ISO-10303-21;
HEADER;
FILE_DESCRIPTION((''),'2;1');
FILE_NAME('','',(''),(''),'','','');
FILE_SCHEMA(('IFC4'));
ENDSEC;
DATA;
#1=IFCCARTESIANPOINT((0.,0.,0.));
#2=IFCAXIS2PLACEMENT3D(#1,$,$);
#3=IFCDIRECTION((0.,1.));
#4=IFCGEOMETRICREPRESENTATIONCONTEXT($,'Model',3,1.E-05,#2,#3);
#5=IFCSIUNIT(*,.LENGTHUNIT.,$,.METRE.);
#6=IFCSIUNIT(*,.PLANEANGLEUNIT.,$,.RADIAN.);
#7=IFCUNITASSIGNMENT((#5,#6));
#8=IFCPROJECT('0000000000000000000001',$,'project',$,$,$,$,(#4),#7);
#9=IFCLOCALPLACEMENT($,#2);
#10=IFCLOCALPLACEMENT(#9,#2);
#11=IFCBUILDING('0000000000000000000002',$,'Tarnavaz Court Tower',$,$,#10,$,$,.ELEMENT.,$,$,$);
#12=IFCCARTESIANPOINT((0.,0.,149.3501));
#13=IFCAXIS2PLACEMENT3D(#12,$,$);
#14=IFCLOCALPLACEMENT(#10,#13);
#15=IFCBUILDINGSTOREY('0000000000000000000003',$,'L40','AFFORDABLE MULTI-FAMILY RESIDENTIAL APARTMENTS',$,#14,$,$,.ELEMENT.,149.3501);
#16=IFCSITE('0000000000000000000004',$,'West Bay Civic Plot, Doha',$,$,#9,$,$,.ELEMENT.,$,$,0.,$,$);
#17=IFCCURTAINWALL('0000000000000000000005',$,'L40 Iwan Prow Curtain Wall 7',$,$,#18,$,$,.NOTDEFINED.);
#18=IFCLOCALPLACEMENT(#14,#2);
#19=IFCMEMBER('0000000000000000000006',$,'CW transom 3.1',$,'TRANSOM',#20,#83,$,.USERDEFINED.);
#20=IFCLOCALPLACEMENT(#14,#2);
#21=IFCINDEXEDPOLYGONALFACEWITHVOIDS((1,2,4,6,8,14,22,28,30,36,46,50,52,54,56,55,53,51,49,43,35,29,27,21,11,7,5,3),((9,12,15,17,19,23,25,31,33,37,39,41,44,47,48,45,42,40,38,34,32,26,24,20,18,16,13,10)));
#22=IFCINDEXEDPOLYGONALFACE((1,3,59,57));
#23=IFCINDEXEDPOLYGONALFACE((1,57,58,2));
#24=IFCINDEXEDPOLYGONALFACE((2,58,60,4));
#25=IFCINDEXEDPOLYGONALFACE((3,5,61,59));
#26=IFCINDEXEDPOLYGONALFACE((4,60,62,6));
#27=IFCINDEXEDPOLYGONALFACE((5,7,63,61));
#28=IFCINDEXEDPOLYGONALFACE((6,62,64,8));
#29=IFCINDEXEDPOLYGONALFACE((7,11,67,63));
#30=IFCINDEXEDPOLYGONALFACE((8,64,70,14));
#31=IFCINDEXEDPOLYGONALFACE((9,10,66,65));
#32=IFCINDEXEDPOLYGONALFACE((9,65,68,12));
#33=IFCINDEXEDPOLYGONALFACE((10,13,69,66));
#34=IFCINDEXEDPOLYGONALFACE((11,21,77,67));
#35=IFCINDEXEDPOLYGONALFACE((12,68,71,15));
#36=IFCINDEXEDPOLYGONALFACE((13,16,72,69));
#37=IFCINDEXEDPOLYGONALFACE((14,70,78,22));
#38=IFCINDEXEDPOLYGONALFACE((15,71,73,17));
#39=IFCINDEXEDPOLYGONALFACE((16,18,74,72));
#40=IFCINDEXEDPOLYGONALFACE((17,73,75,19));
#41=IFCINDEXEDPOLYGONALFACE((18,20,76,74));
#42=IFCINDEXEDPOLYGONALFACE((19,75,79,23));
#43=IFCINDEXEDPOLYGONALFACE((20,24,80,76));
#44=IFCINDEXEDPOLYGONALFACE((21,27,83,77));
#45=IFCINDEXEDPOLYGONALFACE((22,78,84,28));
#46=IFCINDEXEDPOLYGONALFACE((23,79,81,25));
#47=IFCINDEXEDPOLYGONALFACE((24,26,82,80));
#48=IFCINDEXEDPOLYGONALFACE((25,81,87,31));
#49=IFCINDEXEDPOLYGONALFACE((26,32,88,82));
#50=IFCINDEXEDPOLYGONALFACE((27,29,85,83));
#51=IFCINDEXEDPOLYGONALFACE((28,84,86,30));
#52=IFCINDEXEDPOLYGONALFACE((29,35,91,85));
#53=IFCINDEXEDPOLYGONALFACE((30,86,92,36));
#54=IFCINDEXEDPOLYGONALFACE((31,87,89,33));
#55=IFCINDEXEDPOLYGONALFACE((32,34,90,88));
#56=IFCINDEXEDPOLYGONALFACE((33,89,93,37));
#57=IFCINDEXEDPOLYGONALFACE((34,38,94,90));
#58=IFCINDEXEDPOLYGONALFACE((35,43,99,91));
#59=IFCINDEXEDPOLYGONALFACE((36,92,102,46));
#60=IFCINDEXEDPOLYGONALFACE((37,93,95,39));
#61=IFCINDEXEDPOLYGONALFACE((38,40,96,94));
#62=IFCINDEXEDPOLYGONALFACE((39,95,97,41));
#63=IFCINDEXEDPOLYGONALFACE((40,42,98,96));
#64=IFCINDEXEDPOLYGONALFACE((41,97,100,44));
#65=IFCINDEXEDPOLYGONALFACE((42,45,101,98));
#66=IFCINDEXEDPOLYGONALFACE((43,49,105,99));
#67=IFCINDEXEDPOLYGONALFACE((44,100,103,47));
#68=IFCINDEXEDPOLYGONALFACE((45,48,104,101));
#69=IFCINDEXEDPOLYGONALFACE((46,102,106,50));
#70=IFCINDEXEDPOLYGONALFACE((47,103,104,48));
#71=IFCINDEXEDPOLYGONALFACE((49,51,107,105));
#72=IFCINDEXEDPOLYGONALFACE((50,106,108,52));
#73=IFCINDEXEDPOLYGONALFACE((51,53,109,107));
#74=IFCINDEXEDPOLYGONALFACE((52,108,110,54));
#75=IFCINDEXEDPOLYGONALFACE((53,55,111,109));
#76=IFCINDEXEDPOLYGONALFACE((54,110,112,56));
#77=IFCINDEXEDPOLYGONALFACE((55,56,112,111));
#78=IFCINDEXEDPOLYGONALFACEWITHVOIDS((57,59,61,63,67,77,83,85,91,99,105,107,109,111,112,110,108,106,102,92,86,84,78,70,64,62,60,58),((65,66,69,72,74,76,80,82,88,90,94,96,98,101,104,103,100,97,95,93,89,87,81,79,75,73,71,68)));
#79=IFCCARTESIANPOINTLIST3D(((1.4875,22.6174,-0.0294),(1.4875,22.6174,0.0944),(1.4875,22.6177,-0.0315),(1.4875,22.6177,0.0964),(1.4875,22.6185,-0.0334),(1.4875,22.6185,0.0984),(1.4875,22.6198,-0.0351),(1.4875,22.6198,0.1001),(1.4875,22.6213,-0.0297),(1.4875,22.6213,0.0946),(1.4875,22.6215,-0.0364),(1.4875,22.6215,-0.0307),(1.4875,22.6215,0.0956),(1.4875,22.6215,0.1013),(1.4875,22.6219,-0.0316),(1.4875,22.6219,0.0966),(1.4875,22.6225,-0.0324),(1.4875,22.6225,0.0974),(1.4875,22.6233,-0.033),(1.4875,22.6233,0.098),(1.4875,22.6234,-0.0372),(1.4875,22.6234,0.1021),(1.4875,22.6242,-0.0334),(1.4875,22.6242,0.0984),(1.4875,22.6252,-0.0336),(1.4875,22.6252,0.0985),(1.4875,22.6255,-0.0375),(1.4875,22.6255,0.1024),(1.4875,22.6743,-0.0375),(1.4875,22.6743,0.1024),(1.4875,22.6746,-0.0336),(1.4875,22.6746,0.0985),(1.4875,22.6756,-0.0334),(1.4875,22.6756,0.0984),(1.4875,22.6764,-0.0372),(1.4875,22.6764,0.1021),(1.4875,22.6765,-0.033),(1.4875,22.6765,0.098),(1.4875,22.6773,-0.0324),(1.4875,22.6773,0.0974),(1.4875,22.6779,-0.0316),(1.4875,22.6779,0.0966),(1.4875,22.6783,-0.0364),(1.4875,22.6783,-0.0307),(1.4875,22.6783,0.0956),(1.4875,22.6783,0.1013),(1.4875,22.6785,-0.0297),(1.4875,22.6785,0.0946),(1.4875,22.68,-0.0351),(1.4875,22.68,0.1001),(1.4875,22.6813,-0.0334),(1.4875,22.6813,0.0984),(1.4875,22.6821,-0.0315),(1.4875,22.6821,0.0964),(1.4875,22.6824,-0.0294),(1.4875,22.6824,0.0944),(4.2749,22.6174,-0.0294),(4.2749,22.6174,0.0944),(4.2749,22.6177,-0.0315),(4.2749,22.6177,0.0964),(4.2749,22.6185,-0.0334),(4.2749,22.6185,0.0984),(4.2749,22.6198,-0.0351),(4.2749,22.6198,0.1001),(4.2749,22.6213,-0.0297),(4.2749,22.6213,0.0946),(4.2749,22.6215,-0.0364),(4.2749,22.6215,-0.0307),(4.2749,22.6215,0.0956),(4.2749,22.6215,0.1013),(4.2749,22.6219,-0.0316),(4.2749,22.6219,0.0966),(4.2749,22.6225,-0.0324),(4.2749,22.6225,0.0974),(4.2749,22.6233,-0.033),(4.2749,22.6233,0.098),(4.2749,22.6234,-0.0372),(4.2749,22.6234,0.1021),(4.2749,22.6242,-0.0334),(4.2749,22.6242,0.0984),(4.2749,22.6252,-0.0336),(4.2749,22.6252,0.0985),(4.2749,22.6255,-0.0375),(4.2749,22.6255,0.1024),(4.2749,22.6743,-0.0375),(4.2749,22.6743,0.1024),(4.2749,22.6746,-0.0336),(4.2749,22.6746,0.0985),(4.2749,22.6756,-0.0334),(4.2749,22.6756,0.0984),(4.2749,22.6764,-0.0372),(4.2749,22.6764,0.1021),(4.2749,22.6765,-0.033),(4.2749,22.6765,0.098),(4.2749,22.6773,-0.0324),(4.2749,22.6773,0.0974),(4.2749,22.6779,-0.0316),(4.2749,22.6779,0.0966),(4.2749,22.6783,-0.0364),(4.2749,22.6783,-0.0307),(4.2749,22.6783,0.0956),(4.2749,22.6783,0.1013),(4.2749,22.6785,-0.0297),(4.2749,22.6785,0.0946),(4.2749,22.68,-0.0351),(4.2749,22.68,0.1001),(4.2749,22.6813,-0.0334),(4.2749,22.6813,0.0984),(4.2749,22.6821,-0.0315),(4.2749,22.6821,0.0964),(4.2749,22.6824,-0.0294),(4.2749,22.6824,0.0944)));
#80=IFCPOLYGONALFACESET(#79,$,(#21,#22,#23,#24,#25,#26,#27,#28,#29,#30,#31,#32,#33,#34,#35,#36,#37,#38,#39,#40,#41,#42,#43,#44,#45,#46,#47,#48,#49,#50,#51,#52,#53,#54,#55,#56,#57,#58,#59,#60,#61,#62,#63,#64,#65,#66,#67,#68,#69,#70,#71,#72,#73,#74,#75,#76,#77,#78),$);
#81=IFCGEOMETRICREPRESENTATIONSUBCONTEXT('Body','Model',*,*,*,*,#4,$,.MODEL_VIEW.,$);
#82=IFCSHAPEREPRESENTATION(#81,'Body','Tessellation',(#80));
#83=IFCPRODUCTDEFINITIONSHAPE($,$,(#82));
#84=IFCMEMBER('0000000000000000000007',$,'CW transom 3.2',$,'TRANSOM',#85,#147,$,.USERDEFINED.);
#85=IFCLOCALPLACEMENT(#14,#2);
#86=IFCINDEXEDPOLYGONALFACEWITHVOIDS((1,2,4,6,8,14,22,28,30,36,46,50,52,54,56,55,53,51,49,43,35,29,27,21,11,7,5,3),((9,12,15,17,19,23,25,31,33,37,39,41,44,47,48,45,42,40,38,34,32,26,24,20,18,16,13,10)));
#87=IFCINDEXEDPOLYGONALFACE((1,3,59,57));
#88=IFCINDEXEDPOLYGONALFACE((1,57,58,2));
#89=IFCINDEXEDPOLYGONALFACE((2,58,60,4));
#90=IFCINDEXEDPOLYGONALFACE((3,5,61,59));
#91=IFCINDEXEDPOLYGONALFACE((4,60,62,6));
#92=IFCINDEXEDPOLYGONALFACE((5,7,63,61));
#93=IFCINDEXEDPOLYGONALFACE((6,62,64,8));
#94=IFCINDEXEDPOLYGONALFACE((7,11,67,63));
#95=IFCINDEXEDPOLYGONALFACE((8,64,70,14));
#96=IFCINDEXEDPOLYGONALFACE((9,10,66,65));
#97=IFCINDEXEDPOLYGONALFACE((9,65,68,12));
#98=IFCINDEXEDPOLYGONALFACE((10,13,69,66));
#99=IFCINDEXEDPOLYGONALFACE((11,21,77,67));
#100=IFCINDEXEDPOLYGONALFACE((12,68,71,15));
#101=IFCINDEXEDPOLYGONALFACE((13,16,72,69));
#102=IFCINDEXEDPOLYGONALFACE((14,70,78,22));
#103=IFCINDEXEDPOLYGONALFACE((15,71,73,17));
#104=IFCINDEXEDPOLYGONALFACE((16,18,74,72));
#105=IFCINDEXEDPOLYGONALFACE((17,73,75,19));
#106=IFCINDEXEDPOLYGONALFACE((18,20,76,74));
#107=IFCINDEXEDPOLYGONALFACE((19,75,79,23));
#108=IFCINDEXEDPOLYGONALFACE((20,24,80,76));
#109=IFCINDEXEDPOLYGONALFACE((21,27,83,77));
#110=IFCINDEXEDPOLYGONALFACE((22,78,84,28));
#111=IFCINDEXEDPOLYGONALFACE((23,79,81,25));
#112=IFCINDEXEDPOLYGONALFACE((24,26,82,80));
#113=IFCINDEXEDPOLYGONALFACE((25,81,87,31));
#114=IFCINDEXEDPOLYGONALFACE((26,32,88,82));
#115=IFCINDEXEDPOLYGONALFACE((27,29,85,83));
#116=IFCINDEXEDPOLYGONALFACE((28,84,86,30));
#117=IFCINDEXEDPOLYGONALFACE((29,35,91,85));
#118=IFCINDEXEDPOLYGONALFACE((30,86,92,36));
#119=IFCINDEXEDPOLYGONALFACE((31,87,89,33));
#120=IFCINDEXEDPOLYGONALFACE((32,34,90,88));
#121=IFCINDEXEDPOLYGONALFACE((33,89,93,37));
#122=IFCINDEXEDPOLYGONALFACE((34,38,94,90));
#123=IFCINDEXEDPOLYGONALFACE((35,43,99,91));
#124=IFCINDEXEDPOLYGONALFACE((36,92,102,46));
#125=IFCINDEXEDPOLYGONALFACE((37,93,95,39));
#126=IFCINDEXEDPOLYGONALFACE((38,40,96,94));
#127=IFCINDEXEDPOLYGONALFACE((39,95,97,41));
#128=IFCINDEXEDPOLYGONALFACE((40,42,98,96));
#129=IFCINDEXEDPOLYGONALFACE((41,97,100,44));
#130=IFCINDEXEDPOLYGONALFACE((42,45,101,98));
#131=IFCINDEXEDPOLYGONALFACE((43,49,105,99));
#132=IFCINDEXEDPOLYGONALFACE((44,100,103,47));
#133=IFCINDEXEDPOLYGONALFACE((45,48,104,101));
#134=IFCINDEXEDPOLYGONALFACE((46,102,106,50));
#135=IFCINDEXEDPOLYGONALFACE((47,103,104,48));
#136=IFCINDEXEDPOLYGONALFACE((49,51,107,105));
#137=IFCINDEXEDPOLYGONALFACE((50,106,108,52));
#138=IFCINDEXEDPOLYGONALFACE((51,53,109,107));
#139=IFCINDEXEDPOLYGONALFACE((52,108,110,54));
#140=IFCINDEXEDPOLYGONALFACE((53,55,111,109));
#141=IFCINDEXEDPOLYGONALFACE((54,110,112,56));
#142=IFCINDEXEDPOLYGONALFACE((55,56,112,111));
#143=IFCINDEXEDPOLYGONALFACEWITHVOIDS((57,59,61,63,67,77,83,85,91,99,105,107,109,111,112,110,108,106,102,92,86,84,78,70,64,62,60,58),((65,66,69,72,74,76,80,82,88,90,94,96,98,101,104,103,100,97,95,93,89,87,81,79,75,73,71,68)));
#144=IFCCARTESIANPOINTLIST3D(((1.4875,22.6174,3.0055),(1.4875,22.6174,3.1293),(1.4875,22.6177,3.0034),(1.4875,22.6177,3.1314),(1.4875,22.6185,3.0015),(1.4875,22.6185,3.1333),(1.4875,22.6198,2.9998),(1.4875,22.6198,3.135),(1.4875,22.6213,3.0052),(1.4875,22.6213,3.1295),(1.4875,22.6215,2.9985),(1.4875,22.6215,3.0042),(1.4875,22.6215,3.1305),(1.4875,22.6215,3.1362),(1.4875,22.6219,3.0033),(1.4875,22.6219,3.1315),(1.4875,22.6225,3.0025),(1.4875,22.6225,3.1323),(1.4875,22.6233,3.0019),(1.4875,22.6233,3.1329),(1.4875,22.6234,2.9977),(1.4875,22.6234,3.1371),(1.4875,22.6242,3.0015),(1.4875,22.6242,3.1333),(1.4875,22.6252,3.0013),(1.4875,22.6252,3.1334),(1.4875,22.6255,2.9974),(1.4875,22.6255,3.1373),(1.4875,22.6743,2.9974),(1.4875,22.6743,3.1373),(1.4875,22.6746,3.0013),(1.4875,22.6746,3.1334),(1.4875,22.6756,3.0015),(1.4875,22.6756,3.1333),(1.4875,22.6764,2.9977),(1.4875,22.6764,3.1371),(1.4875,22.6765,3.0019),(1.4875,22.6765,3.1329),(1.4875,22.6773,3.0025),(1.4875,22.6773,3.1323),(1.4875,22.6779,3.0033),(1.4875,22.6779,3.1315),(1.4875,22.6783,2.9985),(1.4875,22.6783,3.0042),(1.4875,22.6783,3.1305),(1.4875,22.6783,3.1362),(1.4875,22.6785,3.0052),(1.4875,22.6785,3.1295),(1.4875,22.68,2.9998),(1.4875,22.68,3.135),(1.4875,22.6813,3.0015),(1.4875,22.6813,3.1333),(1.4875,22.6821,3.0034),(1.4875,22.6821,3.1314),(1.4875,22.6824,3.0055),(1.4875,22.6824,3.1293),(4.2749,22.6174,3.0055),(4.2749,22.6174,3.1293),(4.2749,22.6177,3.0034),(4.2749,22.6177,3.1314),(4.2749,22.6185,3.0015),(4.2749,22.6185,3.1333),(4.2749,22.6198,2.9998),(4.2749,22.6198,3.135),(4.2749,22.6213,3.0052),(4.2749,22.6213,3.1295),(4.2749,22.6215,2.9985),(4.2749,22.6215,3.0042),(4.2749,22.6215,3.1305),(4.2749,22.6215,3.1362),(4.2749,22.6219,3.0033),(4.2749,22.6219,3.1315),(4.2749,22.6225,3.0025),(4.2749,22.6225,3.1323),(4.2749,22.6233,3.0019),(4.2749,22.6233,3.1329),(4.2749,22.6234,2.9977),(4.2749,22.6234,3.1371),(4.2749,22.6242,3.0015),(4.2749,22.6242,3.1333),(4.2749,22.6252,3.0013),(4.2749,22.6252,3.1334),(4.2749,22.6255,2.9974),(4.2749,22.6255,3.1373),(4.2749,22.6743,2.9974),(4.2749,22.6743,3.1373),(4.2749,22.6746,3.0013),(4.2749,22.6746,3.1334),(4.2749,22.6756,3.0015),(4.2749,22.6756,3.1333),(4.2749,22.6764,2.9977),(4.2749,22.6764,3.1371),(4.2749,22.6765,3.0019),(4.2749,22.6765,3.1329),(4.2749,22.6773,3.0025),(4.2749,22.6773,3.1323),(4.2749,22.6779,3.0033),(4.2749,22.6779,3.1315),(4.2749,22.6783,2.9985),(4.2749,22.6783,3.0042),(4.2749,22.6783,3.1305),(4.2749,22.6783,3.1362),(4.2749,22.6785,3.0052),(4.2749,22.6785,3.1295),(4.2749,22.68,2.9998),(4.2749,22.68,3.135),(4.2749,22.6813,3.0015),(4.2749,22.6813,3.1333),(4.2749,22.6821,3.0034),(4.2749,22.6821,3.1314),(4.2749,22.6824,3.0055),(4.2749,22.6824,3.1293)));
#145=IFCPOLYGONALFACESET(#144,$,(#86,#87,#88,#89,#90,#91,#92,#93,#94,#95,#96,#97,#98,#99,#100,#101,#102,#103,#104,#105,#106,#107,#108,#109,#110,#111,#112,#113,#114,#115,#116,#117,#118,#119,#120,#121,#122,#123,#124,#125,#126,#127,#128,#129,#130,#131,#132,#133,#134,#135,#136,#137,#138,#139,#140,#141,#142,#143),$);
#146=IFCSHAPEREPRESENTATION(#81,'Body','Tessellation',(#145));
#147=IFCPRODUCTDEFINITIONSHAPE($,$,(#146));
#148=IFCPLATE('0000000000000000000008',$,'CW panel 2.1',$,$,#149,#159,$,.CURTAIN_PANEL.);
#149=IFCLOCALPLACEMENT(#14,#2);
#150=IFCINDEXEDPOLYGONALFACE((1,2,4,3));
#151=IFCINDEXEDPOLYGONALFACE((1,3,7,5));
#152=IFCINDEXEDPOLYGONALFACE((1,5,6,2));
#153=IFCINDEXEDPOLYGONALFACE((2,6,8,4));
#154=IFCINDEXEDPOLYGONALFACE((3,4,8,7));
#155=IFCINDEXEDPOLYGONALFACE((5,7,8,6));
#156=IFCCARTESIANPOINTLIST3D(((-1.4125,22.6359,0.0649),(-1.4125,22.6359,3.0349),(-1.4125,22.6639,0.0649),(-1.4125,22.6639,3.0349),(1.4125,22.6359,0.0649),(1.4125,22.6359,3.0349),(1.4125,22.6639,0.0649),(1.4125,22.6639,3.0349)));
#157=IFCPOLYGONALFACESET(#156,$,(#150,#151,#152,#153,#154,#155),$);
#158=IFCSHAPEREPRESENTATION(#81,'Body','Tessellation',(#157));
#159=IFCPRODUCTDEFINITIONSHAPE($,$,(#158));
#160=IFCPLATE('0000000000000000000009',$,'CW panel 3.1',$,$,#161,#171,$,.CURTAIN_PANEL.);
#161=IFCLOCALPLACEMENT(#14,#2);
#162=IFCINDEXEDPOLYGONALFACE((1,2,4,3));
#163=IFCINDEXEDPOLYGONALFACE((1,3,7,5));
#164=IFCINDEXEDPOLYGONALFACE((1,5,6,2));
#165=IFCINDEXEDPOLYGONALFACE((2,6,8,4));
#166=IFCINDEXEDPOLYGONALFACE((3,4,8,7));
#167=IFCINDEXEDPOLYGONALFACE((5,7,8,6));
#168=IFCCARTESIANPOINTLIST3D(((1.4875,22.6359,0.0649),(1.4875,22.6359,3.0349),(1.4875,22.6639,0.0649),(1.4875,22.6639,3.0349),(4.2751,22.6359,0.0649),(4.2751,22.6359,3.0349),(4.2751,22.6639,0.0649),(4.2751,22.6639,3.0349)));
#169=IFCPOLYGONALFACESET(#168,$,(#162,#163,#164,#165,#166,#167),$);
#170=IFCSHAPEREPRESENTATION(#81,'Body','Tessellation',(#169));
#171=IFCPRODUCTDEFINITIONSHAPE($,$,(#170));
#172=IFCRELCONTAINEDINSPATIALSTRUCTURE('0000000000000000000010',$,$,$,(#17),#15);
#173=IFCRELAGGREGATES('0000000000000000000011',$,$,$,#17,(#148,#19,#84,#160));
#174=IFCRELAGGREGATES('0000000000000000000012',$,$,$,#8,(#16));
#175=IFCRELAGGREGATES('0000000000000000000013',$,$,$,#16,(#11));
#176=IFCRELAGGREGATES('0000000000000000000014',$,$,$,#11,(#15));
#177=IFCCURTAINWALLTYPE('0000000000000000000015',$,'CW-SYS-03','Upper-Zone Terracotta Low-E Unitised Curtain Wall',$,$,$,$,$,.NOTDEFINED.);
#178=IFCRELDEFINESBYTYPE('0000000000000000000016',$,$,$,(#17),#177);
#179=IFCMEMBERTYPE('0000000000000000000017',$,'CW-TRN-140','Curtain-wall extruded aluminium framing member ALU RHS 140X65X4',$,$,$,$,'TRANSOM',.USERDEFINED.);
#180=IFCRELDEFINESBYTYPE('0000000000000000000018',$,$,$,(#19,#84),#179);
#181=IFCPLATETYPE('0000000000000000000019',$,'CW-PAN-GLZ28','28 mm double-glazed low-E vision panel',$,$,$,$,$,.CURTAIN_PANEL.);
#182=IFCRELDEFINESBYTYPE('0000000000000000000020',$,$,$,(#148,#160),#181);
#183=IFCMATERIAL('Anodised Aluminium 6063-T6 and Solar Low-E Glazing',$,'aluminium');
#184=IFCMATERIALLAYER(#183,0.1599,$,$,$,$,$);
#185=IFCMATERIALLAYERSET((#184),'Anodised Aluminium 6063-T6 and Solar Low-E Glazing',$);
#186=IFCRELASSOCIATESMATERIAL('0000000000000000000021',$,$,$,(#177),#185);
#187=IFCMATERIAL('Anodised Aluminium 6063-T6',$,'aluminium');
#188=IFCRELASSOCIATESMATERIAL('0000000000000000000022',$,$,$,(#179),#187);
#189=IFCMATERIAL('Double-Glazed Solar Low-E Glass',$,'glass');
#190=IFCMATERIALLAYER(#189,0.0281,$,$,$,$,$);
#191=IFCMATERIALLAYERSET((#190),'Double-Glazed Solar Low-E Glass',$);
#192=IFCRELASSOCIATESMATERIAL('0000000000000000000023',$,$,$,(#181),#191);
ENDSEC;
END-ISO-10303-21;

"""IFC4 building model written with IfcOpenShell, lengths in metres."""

from ifc_helpers import new_model, si_unit, direction, frame, origin, origin_2d, place, context, subcontext, project, spatial, rectangle, hollow_rectangle, extrude, material, layer, layer_set, material_profile, profile_set, type_object, element, aggregate, save


model = new_model("IFC4")

# Units and contexts
model_context = context("Model", 3, precision=1e-05, world=origin(), true_north=direction((0.0, 1.0)))
body_context = subcontext(model_context, "Body", "Model", "MODEL_VIEW")
ifc_project = project(units=[si_unit("LENGTHUNIT", "METRE"), si_unit("PLANEANGLEUNIT", "RADIAN")], contexts=[model_context])

# Site, building, storey
site_placement = place(None, origin())
site = spatial("IfcSite", under=ifc_project, at=site_placement, Name="West Bay Civic Plot, Doha", CompositionType="ELEMENT", RefElevation=0.0)
building_placement = place(site_placement, origin())
building = spatial("IfcBuilding", under=site, at=building_placement, Name="Tarnavaz Court Tower", CompositionType="ELEMENT")
storey_placement = place(building_placement, frame((0.0, 0.0, 149.3501)))
storey = spatial("IfcBuildingStorey", under=building, at=storey_placement, Name="L40", Description="AFFORDABLE MULTI-FAMILY RESIDENTIAL APARTMENTS", CompositionType="ELEMENT", Elevation=149.3501)

# Curtain wall, members, plates
ifc_material_1 = material(Name="Anodised Aluminium 6063-T6 and Solar Low-E Glazing", Category="aluminium")
ifc_layer_1 = layer(ifc_material_1, 0.1599)
ifc_layer_set_1 = layer_set([ifc_layer_1], Name="Anodised Aluminium 6063-T6 and Solar Low-E Glazing")
curtain_wall_type = type_object("IfcCurtainWallType", Name="CW-SYS-03", Description="Upper-Zone Terracotta Low-E Unitised Curtain Wall", PredefinedType="NOTDEFINED", material=ifc_layer_set_1)
curtain_wall_placement = place(storey_placement, origin())
curtain_wall = element("IfcCurtainWall", 1, at=curtain_wall_placement, inside=storey, type_object=curtain_wall_type, Name="L40 Iwan Prow Curtain Wall 7", PredefinedType="NOTDEFINED")
ifc_material_2 = material(Name="Anodised Aluminium 6063-T6", Category="aluminium")
ifc_material_profile_1 = material_profile(ifc_material_2, hollow_rectangle(XDim=0.0649, YDim=0.1399, WallThickness=0.0039, InnerFilletRadius=0.0039, OuterFilletRadius=0.0081, at=origin_2d()), Name="ALU RHS 140X65X4")
ifc_profile_set_1 = profile_set([ifc_material_profile_1], Name="Anodised Aluminium 6063-T6")
member_type_1 = type_object("IfcMemberType", Name="CW-TRN-140", Description="Curtain-wall extruded aluminium framing member ALU RHS 140X65X4", ElementType="TRANSOM", PredefinedType="USERDEFINED", material=ifc_profile_set_1)
member_1_placement = place(storey_placement, frame((1.4875, 22.6499, 0.0325), z_axis=(1.0, 0.0, 0.0), x_axis=(0.0, 1.0, 0.0)))
member_1 = element("IfcMember", 2, at=member_1_placement, type_object=member_type_1, Name="CW transom 3.1", ObjectType="TRANSOM", PredefinedType="USERDEFINED", context=body_context, shape_type="SweptSolid", body=[
    extrude(hollow_rectangle(XDim=0.0649, YDim=0.1399, WallThickness=0.0039, InnerFilletRadius=0.0039, OuterFilletRadius=0.0081, at=origin_2d()), origin(), (0.0, 0.0, 1.0), 2.7874),
])
member_2_placement = place(storey_placement, frame((1.4875, 22.6499, 3.0674), z_axis=(1.0, 0.0, 0.0), x_axis=(0.0, 1.0, 0.0)))
member_2 = element("IfcMember", 3, at=member_2_placement, type_object=member_type_1, Name="CW transom 3.2", ObjectType="TRANSOM", PredefinedType="USERDEFINED", context=body_context, shape_type="SweptSolid", body=[
    extrude(hollow_rectangle(XDim=0.0649, YDim=0.1399, WallThickness=0.0039, InnerFilletRadius=0.0039, OuterFilletRadius=0.0081, at=origin_2d()), origin(), (0.0, 0.0, 1.0), 2.7874),
])
ifc_material_3 = material(Name="Double-Glazed Solar Low-E Glass", Category="glass")
ifc_layer_2 = layer(ifc_material_3, 0.0281)
ifc_layer_set_2 = layer_set([ifc_layer_2], Name="Double-Glazed Solar Low-E Glass")
plate_type = type_object("IfcPlateType", Name="CW-PAN-GLZ28", Description="28 mm double-glazed low-E vision panel", PredefinedType="CURTAIN_PANEL", material=ifc_layer_set_2)
plate_1_placement = place(storey_placement, frame((0.0, 22.6499, 0.0649), z_axis=(0.0, 0.0, 1.0), x_axis=(1.0, 0.0, 0.0)))
plate_1 = element("IfcPlate", 4, at=plate_1_placement, type_object=plate_type, Name="CW panel 2.1", PredefinedType="CURTAIN_PANEL", context=body_context, shape_type="SweptSolid", body=[
    extrude(rectangle(XDim=2.825, YDim=0.0281, at=origin_2d()), origin(), (0.0, 0.0, 1.0), 2.97),
])
plate_2_placement = place(storey_placement, frame((2.8813, 22.6499, 0.0649), z_axis=(0.0, 0.0, 1.0), x_axis=(1.0, 0.0, 0.0)))
plate_2 = element("IfcPlate", 5, at=plate_2_placement, type_object=plate_type, Name="CW panel 3.1", PredefinedType="CURTAIN_PANEL", context=body_context, shape_type="SweptSolid", body=[
    extrude(rectangle(XDim=2.7876, YDim=0.0281, at=origin_2d()), origin(), (0.0, 0.0, 1.0), 2.97),
])
aggregate(curtain_wall, [plate_1, member_1, member_2, plate_2])

save(model, "model.ifc")
